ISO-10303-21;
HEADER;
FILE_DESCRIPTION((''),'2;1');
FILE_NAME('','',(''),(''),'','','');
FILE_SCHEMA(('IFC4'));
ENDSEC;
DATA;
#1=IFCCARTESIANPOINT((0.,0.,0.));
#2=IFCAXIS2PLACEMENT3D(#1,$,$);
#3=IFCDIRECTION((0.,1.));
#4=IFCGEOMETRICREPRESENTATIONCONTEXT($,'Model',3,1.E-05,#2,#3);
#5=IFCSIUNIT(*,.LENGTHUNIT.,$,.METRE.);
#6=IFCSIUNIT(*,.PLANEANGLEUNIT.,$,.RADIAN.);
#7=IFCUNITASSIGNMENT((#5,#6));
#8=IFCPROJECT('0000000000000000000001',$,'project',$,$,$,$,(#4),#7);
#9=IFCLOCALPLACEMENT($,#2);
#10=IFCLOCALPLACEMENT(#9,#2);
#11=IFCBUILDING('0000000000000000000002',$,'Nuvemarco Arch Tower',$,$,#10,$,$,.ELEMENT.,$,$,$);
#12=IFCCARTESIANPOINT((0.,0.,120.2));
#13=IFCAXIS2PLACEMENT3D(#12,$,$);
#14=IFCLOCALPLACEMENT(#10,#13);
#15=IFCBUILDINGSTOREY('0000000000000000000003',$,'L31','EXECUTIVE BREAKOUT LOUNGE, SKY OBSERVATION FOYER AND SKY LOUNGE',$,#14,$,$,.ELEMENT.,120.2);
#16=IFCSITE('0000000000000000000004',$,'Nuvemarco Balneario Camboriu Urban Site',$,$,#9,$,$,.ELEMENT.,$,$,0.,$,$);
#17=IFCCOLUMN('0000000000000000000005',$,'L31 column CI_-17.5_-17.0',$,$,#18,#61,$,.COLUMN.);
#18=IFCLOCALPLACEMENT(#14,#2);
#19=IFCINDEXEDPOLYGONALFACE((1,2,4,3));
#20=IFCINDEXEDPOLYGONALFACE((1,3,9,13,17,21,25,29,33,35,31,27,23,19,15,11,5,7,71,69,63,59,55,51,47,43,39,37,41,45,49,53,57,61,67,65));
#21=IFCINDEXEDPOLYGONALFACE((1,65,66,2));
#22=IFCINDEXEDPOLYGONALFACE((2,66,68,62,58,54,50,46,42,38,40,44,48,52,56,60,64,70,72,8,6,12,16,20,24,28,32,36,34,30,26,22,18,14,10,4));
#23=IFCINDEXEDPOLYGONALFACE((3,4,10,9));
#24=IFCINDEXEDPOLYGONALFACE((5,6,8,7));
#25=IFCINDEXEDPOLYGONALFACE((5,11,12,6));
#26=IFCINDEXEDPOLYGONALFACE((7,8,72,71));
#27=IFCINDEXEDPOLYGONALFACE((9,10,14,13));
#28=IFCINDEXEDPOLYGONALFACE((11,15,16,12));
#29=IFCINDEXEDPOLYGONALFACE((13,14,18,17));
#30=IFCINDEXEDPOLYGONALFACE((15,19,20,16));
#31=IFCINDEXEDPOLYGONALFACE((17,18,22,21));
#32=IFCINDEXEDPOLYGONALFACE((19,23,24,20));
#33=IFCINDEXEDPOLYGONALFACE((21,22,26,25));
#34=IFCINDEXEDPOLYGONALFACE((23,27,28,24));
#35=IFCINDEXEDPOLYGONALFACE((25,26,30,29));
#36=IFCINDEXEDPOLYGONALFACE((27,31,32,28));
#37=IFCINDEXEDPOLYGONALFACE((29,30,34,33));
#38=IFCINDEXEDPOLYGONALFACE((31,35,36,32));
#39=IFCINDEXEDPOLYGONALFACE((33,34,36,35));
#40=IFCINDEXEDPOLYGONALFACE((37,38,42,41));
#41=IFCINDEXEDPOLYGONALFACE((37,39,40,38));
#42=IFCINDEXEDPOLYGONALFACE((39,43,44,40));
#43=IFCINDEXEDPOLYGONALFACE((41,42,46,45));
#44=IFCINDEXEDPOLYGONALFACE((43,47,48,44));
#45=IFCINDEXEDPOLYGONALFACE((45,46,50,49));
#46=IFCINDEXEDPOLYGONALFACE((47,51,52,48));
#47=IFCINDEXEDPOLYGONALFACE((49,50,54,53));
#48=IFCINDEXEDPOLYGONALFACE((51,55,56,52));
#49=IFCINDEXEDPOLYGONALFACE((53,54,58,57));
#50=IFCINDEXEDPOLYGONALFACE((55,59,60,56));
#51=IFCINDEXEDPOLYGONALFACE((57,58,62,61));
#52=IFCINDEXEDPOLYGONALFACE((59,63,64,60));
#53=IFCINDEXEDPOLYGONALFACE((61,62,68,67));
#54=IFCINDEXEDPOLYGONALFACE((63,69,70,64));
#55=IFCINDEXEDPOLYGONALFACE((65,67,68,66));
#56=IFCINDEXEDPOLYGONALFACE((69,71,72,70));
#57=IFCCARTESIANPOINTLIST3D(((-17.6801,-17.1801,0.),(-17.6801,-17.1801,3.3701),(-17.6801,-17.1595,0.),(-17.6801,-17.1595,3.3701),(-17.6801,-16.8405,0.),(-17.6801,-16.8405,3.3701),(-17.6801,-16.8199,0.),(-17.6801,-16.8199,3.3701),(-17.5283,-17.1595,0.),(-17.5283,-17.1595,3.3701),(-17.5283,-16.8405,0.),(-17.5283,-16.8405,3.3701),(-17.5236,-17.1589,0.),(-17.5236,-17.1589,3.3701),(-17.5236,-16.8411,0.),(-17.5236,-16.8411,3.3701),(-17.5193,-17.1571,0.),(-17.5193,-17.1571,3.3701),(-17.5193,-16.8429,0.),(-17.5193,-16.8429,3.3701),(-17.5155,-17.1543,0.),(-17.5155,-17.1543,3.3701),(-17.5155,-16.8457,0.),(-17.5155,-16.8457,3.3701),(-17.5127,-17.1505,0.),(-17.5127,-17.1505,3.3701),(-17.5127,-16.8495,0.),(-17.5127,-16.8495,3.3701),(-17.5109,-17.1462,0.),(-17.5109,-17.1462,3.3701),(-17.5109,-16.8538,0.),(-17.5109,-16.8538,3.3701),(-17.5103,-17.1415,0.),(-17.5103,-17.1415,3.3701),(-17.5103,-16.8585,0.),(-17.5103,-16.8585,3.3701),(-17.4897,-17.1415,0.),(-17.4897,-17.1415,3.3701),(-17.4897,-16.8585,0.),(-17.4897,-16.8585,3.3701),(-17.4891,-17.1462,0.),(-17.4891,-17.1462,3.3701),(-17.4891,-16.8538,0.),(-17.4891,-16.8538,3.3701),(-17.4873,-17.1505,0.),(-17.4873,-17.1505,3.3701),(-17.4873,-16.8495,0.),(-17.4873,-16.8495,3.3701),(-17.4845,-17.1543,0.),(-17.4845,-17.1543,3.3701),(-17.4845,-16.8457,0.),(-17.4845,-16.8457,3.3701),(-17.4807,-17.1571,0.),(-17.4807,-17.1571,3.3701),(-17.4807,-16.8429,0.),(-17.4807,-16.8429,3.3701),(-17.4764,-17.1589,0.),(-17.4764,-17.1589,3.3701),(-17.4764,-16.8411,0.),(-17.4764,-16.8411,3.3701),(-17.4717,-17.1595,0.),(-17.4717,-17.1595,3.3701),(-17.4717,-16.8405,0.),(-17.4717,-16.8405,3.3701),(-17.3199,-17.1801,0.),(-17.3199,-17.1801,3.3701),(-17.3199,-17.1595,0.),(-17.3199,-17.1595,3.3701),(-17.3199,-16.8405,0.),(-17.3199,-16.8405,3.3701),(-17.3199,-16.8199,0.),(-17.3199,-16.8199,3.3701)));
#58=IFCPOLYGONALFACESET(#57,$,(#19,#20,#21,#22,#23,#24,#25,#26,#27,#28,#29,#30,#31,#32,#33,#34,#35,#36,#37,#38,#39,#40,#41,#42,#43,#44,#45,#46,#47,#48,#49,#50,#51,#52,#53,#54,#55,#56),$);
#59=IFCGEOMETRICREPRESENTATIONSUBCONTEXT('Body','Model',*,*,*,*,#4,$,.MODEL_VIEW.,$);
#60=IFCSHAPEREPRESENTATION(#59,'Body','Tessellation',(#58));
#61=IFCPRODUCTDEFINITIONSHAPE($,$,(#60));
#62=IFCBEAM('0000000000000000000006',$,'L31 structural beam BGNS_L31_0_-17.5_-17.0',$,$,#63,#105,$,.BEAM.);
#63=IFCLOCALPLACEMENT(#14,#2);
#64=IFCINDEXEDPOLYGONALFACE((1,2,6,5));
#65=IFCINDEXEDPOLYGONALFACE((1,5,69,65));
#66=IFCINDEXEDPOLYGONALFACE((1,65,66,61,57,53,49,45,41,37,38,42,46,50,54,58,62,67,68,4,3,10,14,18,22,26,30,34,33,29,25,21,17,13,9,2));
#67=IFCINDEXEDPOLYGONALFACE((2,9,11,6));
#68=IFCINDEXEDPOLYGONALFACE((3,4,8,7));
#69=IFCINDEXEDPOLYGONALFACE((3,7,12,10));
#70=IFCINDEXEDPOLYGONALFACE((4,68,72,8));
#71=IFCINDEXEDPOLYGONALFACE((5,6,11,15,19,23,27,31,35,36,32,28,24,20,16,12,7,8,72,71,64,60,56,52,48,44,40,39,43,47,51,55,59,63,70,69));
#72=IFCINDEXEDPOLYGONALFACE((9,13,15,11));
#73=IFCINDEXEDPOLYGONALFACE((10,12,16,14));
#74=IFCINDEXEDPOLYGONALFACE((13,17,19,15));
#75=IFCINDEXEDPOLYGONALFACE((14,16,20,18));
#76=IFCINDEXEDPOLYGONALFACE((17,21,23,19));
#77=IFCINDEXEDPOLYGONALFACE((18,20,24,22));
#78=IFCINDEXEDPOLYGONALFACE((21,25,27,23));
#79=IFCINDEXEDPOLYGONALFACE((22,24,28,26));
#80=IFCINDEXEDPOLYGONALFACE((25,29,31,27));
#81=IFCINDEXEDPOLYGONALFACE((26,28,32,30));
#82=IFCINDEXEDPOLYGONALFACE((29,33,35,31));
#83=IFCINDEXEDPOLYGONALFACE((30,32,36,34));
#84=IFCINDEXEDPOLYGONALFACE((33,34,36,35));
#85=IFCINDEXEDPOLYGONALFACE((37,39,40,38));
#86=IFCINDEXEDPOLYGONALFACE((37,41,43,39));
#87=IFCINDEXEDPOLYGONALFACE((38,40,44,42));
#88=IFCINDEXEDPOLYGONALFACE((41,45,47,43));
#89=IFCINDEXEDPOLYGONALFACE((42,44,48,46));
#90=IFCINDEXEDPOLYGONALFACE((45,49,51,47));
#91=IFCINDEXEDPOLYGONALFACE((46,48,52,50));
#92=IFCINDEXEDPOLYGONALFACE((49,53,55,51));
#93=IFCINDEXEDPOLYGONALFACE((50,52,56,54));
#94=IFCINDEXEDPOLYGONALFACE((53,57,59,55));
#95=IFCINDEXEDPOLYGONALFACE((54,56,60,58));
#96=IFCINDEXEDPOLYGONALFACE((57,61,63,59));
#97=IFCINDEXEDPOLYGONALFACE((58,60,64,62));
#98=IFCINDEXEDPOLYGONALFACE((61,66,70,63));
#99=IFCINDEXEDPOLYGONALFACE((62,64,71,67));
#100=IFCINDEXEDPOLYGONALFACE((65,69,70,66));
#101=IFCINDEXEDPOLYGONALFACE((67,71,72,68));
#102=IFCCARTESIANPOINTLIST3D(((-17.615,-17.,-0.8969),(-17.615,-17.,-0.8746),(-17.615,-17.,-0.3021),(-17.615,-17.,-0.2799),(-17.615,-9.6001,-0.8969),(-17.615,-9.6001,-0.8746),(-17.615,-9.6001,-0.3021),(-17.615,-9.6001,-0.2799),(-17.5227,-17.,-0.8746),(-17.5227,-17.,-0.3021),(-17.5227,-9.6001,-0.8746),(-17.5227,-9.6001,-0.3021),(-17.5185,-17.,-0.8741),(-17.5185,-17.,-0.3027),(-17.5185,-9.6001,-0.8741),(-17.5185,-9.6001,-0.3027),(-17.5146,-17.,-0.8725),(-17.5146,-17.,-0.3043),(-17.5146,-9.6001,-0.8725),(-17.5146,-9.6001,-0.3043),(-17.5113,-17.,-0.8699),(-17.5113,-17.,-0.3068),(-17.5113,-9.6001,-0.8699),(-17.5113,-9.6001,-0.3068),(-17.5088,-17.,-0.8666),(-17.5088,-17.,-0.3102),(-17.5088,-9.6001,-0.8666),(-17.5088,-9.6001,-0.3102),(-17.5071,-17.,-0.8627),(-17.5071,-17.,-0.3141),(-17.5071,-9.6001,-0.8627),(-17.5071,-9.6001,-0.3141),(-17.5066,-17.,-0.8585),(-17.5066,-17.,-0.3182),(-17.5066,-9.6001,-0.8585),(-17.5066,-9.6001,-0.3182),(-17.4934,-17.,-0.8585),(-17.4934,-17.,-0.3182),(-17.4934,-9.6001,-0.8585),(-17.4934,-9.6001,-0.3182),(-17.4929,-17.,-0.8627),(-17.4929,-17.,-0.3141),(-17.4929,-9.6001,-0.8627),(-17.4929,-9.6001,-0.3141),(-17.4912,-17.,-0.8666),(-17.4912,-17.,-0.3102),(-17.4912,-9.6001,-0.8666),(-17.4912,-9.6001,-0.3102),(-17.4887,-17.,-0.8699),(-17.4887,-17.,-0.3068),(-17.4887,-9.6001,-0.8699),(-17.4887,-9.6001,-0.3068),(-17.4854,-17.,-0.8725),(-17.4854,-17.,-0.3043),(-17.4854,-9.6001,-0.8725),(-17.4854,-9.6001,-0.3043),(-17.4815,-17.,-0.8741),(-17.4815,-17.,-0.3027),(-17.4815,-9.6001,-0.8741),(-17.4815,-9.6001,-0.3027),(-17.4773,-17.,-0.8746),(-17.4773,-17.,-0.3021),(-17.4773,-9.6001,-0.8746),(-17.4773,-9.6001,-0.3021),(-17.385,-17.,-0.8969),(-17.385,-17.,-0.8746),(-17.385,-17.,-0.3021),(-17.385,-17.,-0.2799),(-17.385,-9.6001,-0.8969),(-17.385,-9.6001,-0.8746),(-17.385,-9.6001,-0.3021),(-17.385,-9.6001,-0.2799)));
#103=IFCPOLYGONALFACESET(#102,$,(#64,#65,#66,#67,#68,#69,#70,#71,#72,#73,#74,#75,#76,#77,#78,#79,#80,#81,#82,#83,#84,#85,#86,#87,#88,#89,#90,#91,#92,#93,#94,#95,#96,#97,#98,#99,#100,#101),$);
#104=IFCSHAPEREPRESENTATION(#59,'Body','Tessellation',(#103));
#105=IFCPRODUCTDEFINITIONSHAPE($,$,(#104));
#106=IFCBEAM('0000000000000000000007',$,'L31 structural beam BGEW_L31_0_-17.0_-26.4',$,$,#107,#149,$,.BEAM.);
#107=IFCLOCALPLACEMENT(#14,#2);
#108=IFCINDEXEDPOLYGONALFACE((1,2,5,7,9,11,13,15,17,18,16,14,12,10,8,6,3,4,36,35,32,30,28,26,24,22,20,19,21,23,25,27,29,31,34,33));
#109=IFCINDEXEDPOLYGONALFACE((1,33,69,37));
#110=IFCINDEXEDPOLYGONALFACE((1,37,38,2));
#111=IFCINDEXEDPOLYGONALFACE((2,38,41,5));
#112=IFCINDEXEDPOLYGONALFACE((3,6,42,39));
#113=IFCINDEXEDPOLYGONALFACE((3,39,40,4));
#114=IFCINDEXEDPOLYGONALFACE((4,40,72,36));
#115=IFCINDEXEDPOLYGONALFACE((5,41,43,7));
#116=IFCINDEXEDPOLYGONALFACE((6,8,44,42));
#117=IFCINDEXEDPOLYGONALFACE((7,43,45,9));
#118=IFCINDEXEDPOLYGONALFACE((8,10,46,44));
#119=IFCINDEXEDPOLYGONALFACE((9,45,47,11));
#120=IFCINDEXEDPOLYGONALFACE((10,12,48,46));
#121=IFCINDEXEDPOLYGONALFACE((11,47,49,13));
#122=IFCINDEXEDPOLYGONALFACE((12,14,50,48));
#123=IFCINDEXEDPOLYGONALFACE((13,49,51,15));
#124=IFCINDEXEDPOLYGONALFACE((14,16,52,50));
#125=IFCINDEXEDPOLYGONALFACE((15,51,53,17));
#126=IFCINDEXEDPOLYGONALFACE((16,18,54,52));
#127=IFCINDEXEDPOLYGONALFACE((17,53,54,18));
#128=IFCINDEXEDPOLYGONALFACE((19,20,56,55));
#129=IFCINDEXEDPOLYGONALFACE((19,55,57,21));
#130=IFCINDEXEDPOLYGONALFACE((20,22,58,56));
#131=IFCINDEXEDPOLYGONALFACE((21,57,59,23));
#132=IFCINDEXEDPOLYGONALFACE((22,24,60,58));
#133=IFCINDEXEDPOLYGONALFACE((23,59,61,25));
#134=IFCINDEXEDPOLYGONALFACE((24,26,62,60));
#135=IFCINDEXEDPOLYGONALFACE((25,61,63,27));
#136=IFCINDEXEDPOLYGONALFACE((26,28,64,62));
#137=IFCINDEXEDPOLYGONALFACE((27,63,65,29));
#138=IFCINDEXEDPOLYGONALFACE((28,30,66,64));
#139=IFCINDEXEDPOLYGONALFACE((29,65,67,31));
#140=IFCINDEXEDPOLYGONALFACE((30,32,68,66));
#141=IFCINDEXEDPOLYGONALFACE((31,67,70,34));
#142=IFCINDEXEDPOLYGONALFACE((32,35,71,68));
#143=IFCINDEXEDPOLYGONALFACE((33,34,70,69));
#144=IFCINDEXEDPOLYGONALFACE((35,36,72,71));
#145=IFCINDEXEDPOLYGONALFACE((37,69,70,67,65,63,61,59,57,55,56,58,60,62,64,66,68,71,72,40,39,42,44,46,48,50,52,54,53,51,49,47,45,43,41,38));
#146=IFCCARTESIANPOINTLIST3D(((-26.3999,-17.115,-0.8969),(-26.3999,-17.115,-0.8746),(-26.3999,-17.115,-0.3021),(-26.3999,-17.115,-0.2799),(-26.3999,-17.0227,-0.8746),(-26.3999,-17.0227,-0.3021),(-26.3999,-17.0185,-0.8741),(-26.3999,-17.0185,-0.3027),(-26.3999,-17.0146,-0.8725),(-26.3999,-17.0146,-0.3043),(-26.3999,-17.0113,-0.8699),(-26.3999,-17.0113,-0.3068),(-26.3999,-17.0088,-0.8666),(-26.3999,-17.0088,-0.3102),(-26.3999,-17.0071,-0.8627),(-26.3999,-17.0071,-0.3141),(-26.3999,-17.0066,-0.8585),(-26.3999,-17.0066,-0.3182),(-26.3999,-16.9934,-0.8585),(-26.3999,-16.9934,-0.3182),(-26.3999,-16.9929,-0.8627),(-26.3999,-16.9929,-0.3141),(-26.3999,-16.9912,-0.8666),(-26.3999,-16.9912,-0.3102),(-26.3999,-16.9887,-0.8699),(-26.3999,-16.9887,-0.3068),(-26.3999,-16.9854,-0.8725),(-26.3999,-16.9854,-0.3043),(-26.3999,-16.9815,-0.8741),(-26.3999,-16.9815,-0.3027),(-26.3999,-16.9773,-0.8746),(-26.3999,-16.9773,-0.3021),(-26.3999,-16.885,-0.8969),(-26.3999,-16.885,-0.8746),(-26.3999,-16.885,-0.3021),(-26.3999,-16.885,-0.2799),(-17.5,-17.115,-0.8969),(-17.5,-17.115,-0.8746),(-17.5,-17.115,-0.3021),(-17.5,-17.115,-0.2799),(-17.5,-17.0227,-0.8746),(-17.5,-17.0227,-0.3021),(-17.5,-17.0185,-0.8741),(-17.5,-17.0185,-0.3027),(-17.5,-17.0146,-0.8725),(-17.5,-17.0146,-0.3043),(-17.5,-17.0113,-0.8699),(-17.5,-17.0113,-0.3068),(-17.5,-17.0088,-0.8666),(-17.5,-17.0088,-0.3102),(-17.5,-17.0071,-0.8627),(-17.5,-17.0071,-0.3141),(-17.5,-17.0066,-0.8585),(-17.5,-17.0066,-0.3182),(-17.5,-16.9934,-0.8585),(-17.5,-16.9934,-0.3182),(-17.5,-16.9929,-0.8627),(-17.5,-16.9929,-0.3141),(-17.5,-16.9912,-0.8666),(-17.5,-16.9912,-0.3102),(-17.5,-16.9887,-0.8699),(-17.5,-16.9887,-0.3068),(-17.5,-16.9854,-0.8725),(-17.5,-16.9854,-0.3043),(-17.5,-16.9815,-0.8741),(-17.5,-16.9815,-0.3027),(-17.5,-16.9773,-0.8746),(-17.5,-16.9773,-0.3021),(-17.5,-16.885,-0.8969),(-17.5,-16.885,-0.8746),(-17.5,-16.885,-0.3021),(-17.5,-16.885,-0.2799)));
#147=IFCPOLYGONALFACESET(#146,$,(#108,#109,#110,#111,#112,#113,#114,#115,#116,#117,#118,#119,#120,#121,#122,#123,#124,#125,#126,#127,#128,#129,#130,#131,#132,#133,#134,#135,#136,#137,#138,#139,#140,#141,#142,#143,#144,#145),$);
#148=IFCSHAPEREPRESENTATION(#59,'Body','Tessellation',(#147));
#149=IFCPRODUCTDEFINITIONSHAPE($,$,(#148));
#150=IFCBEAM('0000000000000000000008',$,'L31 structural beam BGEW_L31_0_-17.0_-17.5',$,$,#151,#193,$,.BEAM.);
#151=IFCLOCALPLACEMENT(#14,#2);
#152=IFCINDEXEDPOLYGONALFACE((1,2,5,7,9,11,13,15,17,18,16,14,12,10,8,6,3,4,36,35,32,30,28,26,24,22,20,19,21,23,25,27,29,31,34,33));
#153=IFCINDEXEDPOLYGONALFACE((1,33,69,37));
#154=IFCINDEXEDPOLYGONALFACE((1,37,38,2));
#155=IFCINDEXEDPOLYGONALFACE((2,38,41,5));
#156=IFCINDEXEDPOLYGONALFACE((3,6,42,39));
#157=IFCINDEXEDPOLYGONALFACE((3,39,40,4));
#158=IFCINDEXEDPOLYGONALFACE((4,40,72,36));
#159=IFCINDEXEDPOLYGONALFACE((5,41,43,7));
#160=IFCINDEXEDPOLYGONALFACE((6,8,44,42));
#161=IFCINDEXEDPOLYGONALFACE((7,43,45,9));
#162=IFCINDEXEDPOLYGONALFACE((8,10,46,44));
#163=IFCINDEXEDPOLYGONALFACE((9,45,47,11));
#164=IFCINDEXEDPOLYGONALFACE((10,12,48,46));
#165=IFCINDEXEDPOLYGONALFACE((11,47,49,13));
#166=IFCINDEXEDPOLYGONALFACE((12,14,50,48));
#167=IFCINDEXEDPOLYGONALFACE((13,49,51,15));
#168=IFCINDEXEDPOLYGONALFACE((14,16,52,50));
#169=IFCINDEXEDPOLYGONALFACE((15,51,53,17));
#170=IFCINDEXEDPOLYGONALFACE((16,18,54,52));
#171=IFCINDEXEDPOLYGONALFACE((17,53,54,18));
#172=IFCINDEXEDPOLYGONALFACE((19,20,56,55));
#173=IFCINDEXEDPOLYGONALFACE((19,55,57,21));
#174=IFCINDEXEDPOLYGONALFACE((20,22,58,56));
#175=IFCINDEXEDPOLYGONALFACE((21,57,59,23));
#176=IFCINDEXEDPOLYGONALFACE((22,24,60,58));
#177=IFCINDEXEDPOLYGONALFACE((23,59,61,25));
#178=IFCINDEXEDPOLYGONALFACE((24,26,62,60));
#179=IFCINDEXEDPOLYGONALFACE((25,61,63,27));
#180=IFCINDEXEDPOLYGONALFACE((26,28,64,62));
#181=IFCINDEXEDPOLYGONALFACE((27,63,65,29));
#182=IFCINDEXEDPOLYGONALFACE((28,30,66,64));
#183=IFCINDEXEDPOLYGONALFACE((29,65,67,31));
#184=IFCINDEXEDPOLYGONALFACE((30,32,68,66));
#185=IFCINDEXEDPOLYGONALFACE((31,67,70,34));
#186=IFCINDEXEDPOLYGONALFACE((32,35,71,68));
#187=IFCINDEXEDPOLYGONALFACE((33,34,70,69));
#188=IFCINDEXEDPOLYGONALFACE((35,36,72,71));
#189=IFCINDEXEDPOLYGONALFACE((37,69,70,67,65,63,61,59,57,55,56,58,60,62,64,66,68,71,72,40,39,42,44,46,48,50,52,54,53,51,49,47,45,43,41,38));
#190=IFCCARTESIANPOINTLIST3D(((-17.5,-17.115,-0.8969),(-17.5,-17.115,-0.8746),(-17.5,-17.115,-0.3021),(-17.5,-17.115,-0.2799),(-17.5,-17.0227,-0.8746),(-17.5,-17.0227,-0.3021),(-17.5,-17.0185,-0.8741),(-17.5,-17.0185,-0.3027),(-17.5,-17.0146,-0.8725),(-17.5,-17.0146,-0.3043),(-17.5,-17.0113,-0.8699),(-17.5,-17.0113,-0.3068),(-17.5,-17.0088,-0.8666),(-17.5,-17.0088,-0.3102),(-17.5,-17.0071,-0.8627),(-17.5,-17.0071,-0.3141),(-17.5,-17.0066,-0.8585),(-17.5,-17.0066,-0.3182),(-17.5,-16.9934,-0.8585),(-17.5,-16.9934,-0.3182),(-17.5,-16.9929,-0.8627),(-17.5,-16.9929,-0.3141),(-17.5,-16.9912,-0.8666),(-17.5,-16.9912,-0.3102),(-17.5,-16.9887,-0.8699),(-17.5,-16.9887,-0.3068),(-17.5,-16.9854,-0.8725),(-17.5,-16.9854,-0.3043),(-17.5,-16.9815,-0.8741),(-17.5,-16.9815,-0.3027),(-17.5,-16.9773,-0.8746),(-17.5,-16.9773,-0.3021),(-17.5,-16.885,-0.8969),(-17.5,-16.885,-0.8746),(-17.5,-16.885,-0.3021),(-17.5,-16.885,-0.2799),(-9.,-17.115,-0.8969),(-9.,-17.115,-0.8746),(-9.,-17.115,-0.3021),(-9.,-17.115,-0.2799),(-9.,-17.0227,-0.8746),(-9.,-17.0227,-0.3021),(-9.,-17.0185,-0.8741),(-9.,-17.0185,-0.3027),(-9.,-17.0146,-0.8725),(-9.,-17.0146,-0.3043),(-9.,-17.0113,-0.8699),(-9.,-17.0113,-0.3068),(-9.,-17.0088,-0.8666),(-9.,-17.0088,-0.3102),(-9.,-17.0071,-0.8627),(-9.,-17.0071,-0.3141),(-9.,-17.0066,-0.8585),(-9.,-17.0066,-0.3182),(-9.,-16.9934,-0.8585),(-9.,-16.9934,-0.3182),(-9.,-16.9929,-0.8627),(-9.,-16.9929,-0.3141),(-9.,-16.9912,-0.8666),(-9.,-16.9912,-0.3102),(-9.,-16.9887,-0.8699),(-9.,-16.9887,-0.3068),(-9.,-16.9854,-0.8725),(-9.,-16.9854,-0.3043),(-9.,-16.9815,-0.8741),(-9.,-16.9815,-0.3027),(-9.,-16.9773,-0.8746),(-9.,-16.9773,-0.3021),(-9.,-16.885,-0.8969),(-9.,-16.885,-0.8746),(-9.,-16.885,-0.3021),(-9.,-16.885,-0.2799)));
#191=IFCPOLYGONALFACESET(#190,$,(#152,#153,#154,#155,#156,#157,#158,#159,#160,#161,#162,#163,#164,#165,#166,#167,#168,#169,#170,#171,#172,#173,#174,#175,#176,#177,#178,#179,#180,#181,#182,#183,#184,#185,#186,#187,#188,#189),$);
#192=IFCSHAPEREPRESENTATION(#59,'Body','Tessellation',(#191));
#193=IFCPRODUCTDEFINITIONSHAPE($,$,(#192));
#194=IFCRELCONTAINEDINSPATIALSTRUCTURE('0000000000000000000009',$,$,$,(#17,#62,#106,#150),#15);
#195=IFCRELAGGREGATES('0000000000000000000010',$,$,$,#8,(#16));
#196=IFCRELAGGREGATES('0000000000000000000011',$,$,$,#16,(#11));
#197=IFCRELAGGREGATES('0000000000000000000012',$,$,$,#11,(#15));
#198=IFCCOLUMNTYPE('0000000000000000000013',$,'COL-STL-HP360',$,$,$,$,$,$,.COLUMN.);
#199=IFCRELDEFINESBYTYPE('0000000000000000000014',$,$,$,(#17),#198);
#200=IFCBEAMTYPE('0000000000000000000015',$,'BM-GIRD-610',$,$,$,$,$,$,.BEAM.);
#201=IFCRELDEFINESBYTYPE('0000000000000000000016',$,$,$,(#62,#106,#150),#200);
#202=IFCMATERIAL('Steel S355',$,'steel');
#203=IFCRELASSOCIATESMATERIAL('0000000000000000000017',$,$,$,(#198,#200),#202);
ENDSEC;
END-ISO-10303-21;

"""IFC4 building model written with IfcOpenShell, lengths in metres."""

from ifc_helpers import new_model, si_unit, direction, frame, origin, origin_2d, place, context, subcontext, project, spatial, i_section, extrude, material, material_profile, profile_set, type_object, element, save


model = new_model("IFC4")

# Units and contexts
model_context = context("Model", 3, precision=1e-05, world=origin(), true_north=direction((0.0, 1.0)))
body_context = subcontext(model_context, "Body", "Model", "MODEL_VIEW")
ifc_project = project(units=[si_unit("LENGTHUNIT", "METRE"), si_unit("PLANEANGLEUNIT", "RADIAN")], contexts=[model_context])

# Site, building, storey
site_placement = place(None, origin())
site = spatial("IfcSite", under=ifc_project, at=site_placement, Name="Nuvemarco Balneario Camboriu Urban Site", CompositionType="ELEMENT", RefElevation=0.0)
building_placement = place(site_placement, origin())
building = spatial("IfcBuilding", under=site, at=building_placement, Name="Nuvemarco Arch Tower", CompositionType="ELEMENT")
storey_placement = place(building_placement, frame((0.0, 0.0, 120.2)))
storey = spatial("IfcBuildingStorey", under=building, at=storey_placement, Name="L31", Description="EXECUTIVE BREAKOUT LOUNGE, SKY OBSERVATION FOYER AND SKY LOUNGE", CompositionType="ELEMENT", Elevation=120.2)

# Column
ifc_material_1 = material(Name="Steel S355", Category="steel")
ifc_material_profile_1 = material_profile(ifc_material_1, i_section(OverallWidth=0.3601, OverallDepth=0.3601, WebThickness=0.0205, FlangeThickness=0.0205, FilletRadius=0.0181, at=origin_2d()), Name="HP360x174")
ifc_profile_set_1 = profile_set([ifc_material_profile_1], Name="Steel S355")
column_type = type_object("IfcColumnType", Name="COL-STL-HP360", PredefinedType="COLUMN", material=ifc_profile_set_1)
column_placement = place(storey_placement, frame((-17.5, -17.0, 0.0), z_axis=(0.0, 0.0, 1.0), x_axis=(1.0, 0.0, 0.0)))
element("IfcColumn", 1, at=column_placement, inside=storey, type_object=column_type, Name="L31 column CI_-17.5_-17.0", PredefinedType="COLUMN", context=body_context, shape_type="SweptSolid", body=[
    extrude(i_section(OverallWidth=0.3601, OverallDepth=0.3601, WebThickness=0.0205, FlangeThickness=0.0205, FilletRadius=0.0181, at=origin_2d()), origin(), (0.0, 0.0, 1.0), 3.3701),
])

# Beams
ifc_material_profile_2 = material_profile(ifc_material_1, i_section(OverallWidth=0.23, OverallDepth=0.6169, WebThickness=0.0132, FlangeThickness=0.0222, FilletRadius=0.0161, at=origin_2d()), Name="W610x140")
ifc_profile_set_2 = profile_set([ifc_material_profile_2], Name="Steel S355")
beam_type_1 = type_object("IfcBeamType", Name="BM-GIRD-610", PredefinedType="BEAM", material=ifc_profile_set_2)
beam_1_placement = place(storey_placement, frame((-17.5, -17.0, -0.5884), z_axis=(0.0, 1.0, 0.0), x_axis=(-1.0, 0.0, 0.0)))
element("IfcBeam", 2, at=beam_1_placement, inside=storey, type_object=beam_type_1, Name="L31 structural beam BGNS_L31_0_-17.5_-17.0", PredefinedType="BEAM", context=body_context, shape_type="SweptSolid", body=[
    extrude(i_section(OverallWidth=0.23, OverallDepth=0.6169, WebThickness=0.0132, FlangeThickness=0.0222, FilletRadius=0.0161, at=origin_2d()), origin(), (0.0, 0.0, 1.0), 7.3999),
])
beam_2_placement = place(storey_placement, frame((-26.3999, -17.0, -0.5884), z_axis=(1.0, 0.0, 0.0), x_axis=(0.0, 1.0, 0.0)))
element("IfcBeam", 3, at=beam_2_placement, inside=storey, type_object=beam_type_1, Name="L31 structural beam BGEW_L31_0_-17.0_-26.4", PredefinedType="BEAM", context=body_context, shape_type="SweptSolid", body=[
    extrude(i_section(OverallWidth=0.23, OverallDepth=0.6169, WebThickness=0.0132, FlangeThickness=0.0222, FilletRadius=0.0161, at=origin_2d()), origin(), (0.0, 0.0, 1.0), 8.8999),
])
beam_3_placement = place(storey_placement, frame((-17.5, -17.0, -0.5884), z_axis=(1.0, 0.0, 0.0), x_axis=(0.0, 1.0, 0.0)))
element("IfcBeam", 4, at=beam_3_placement, inside=storey, type_object=beam_type_1, Name="L31 structural beam BGEW_L31_0_-17.0_-17.5", PredefinedType="BEAM", context=body_context, shape_type="SweptSolid", body=[
    extrude(i_section(OverallWidth=0.23, OverallDepth=0.6169, WebThickness=0.0132, FlangeThickness=0.0222, FilletRadius=0.0161, at=origin_2d()), origin(), (0.0, 0.0, 1.0), 8.5),
])

save(model, "model.ifc")
